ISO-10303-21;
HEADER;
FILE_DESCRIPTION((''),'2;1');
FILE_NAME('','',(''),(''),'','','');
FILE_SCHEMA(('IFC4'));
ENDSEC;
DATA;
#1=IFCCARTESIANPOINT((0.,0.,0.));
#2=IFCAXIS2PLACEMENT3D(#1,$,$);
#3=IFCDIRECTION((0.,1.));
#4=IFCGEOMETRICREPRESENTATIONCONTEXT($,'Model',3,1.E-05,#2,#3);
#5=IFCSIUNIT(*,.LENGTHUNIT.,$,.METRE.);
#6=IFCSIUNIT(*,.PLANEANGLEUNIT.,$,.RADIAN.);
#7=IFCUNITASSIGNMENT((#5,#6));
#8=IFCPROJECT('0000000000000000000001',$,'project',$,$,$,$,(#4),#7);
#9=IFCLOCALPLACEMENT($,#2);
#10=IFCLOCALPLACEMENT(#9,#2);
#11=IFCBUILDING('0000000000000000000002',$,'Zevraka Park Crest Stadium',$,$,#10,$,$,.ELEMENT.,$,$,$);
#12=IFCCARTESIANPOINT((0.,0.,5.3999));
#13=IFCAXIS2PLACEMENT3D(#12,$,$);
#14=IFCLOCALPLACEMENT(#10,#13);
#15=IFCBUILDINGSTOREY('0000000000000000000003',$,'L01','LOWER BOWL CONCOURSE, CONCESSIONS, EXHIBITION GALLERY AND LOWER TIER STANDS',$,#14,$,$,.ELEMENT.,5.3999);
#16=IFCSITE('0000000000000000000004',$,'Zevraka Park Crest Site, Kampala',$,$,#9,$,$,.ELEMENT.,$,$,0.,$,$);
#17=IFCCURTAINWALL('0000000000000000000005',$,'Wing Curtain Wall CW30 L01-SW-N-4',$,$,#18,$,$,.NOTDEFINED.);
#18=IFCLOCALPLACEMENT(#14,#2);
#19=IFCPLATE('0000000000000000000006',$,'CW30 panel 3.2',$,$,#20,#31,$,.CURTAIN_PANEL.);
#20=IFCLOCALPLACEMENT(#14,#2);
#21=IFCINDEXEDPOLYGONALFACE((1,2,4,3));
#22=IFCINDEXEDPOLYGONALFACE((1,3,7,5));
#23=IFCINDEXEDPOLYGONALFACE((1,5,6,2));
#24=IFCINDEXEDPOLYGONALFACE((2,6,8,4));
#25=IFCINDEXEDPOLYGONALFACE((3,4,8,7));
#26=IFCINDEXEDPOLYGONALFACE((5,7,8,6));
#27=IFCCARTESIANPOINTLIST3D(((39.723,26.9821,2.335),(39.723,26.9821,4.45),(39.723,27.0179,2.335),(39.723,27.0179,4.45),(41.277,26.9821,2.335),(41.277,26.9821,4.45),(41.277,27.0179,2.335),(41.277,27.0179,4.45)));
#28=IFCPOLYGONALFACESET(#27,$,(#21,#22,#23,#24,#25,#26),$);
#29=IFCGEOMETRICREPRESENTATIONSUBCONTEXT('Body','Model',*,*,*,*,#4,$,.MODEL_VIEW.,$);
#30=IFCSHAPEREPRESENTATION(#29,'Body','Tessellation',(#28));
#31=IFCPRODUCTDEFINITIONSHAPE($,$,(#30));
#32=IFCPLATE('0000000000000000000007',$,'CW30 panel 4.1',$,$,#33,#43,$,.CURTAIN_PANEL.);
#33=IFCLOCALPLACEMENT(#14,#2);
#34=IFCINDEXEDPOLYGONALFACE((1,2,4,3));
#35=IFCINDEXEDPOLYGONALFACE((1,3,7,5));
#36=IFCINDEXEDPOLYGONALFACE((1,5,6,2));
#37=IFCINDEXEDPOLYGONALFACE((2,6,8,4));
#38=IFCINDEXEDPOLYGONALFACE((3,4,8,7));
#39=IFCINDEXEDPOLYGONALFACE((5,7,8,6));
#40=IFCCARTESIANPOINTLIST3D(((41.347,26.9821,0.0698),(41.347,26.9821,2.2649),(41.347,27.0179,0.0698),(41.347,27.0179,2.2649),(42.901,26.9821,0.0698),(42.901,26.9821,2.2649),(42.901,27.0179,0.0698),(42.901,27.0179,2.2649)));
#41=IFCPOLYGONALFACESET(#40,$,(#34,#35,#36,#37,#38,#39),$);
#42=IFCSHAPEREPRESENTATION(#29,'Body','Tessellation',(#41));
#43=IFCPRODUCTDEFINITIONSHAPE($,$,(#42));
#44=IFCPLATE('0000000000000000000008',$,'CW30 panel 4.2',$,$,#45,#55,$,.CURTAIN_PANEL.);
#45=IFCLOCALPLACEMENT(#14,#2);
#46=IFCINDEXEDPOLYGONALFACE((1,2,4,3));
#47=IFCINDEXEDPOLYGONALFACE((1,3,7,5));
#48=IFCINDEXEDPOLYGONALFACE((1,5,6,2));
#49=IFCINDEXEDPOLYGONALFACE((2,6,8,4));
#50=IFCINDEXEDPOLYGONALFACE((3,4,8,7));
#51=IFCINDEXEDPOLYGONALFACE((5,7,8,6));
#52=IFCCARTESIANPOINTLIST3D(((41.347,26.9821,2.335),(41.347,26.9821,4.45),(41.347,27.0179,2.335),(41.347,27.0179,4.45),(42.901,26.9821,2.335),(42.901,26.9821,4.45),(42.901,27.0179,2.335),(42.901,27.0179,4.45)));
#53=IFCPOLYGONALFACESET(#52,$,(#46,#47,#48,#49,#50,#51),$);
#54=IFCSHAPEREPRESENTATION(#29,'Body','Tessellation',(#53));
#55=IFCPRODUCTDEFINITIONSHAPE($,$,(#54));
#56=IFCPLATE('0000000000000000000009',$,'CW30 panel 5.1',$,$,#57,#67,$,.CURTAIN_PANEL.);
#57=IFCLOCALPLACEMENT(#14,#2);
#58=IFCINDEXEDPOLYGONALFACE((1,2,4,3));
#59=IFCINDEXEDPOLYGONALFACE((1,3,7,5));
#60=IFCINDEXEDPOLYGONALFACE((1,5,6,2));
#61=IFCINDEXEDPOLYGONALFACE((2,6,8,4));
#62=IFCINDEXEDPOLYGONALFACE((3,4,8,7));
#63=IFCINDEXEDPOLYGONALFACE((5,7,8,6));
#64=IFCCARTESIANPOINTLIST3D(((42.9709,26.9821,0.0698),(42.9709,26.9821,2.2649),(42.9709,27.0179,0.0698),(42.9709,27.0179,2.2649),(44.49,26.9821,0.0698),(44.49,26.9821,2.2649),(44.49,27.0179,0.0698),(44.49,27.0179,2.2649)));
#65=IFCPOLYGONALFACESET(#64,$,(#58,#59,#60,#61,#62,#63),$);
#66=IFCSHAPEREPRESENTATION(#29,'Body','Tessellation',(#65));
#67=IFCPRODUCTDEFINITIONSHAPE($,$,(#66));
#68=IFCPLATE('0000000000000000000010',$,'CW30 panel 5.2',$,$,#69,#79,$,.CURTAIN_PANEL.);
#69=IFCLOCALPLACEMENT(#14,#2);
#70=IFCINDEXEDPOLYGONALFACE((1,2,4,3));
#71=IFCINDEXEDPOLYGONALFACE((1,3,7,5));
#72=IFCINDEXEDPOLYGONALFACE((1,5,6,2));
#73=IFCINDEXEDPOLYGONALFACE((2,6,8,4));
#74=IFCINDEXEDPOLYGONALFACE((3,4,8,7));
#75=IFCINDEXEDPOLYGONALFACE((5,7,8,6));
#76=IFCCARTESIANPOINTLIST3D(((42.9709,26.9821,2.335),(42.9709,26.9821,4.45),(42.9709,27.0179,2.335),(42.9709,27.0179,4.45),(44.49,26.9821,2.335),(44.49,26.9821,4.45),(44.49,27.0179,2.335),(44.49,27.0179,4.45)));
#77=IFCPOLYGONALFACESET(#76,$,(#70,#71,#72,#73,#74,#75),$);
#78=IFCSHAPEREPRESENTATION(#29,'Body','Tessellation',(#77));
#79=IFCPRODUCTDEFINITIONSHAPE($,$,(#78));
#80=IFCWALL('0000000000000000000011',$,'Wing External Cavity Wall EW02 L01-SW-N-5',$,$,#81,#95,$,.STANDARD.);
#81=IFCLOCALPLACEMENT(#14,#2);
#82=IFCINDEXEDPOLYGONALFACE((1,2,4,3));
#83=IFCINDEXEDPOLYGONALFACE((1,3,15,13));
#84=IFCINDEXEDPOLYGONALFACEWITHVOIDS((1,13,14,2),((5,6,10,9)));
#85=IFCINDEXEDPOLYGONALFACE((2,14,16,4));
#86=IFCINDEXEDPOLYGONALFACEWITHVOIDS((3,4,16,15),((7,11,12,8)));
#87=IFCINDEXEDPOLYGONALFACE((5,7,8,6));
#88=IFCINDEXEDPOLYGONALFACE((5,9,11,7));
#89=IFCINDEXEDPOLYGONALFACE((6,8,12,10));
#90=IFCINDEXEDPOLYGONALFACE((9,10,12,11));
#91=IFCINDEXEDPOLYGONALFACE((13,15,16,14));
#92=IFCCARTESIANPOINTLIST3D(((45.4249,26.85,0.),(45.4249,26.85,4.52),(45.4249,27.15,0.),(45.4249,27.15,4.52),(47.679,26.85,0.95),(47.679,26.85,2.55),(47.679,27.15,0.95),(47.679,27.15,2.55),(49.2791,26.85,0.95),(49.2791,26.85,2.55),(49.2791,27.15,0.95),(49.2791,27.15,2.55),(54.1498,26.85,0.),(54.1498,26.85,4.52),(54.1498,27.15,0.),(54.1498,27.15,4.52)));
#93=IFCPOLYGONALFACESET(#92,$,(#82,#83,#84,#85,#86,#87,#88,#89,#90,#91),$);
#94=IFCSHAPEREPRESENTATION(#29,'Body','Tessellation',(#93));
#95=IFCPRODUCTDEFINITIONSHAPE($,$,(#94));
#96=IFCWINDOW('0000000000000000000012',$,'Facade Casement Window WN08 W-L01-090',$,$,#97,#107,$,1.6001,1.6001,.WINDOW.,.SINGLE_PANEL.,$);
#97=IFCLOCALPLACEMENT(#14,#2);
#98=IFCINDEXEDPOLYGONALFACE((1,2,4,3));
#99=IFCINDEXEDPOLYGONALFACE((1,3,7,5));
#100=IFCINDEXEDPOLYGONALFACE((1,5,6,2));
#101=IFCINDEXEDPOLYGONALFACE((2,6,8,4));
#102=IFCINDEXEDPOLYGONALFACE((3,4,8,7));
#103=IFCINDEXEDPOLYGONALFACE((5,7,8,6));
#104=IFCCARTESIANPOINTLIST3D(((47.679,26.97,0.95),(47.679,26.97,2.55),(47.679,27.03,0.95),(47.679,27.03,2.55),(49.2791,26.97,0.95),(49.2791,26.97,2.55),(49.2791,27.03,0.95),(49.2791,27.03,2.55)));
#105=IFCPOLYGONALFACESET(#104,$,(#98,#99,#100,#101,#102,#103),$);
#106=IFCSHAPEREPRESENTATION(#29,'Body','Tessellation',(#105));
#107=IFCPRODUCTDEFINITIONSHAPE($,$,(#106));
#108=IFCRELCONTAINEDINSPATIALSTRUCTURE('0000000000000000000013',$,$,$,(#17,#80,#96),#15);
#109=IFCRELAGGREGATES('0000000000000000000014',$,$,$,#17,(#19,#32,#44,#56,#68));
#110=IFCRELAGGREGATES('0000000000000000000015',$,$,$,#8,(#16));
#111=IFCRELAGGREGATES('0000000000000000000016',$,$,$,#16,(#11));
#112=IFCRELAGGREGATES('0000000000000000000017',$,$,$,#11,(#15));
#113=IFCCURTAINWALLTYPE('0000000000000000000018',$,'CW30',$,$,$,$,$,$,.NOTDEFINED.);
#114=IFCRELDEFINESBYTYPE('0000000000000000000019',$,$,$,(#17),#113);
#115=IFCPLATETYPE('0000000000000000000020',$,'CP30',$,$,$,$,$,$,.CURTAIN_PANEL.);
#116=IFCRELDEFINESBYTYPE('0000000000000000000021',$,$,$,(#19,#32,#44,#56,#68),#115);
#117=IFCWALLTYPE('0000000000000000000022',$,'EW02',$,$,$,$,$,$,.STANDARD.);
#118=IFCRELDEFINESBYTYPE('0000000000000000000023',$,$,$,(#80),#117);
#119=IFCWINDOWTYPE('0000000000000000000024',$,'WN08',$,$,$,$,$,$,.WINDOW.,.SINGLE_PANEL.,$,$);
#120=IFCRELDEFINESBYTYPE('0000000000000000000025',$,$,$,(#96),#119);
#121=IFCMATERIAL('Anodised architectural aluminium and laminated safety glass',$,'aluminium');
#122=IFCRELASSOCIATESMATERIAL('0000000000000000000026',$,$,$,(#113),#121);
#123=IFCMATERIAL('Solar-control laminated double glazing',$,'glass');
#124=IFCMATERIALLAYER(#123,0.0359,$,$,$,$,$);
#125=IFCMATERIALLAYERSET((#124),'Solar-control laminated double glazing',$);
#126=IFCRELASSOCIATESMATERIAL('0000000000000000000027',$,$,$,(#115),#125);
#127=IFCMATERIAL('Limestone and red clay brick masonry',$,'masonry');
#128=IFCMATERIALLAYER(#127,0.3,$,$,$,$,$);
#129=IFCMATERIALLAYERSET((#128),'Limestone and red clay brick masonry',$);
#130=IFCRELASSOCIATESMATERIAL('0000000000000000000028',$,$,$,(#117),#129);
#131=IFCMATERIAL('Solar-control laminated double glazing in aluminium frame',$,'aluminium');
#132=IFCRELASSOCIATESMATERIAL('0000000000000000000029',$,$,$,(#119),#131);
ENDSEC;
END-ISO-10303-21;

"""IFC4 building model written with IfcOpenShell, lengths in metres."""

from ifc_helpers import new_model, si_unit, direction, frame, frame_2d, origin, origin_2d, place, context, subcontext, project, spatial, rectangle, extrude, material, layer, layer_set, type_object, element, fill, aggregate, save


model = new_model("IFC4")

# Units and contexts
model_context = context("Model", 3, precision=1e-05, world=origin(), true_north=direction((0.0, 1.0)))
body_context = subcontext(model_context, "Body", "Model", "MODEL_VIEW")
ifc_project = project(units=[si_unit("LENGTHUNIT", "METRE"), si_unit("PLANEANGLEUNIT", "RADIAN")], contexts=[model_context])

# Site, building, storey
site_placement = place(None, origin())
site = spatial("IfcSite", under=ifc_project, at=site_placement, Name="Zevraka Park Crest Site, Kampala", CompositionType="ELEMENT", RefElevation=0.0)
building_placement = place(site_placement, origin())
building = spatial("IfcBuilding", under=site, at=building_placement, Name="Zevraka Park Crest Stadium", CompositionType="ELEMENT")
storey_placement = place(building_placement, frame((0.0, 0.0, 5.3999)))
storey = spatial("IfcBuildingStorey", under=building, at=storey_placement, Name="L01", Description="LOWER BOWL CONCOURSE, CONCESSIONS, EXHIBITION GALLERY AND LOWER TIER STANDS", CompositionType="ELEMENT", Elevation=5.3999)

# Curtain wall, plates
ifc_material_1 = material(Name="Anodised architectural aluminium and laminated safety glass", Category="aluminium")
curtain_wall_type = type_object("IfcCurtainWallType", Name="CW30", PredefinedType="NOTDEFINED", material=ifc_material_1)
curtain_wall_placement = place(storey_placement, origin())
curtain_wall = element("IfcCurtainWall", 1, at=curtain_wall_placement, inside=storey, type_object=curtain_wall_type, Name="Wing Curtain Wall CW30 L01-SW-N-4", PredefinedType="NOTDEFINED")
ifc_material_2 = material(Name="Solar-control laminated double glazing", Category="glass")
ifc_layer_1 = layer(ifc_material_2, 0.0359)
ifc_layer_set_1 = layer_set([ifc_layer_1], Name="Solar-control laminated double glazing")
plate_type = type_object("IfcPlateType", Name="CP30", PredefinedType="CURTAIN_PANEL", material=ifc_layer_set_1)
plate_1_placement = place(storey_placement, frame((40.5, 27.0, 2.335), z_axis=(0.0, 0.0, 1.0), x_axis=(1.0, 0.0, 0.0)))
plate_1 = element("IfcPlate", 2, at=plate_1_placement, type_object=plate_type, Name="CW30 panel 3.2", PredefinedType="CURTAIN_PANEL", context=body_context, shape_type="SweptSolid", body=[
    extrude(rectangle(XDim=1.554, YDim=0.0359, at=origin_2d()), origin(), (0.0, 0.0, 1.0), 2.115),
])
plate_2_placement = place(storey_placement, frame((42.124, 27.0, 0.0698), z_axis=(0.0, 0.0, 1.0), x_axis=(1.0, 0.0, 0.0)))
plate_2 = element("IfcPlate", 3, at=plate_2_placement, type_object=plate_type, Name="CW30 panel 4.1", PredefinedType="CURTAIN_PANEL", context=body_context, shape_type="SweptSolid", body=[
    extrude(rectangle(XDim=1.554, YDim=0.0359, at=origin_2d()), origin(), (0.0, 0.0, 1.0), 2.1951),
])
plate_3_placement = place(storey_placement, frame((42.124, 27.0, 2.335), z_axis=(0.0, 0.0, 1.0), x_axis=(1.0, 0.0, 0.0)))
plate_3 = element("IfcPlate", 4, at=plate_3_placement, type_object=plate_type, Name="CW30 panel 4.2", PredefinedType="CURTAIN_PANEL", context=body_context, shape_type="SweptSolid", body=[
    extrude(rectangle(XDim=1.554, YDim=0.0359, at=origin_2d()), origin(), (0.0, 0.0, 1.0), 2.115),
])
plate_4_placement = place(storey_placement, frame((43.7305, 27.0, 0.0698), z_axis=(0.0, 0.0, 1.0), x_axis=(1.0, 0.0, 0.0)))
plate_4 = element("IfcPlate", 5, at=plate_4_placement, type_object=plate_type, Name="CW30 panel 5.1", PredefinedType="CURTAIN_PANEL", context=body_context, shape_type="SweptSolid", body=[
    extrude(rectangle(XDim=1.519, YDim=0.0359, at=origin_2d()), origin(), (0.0, 0.0, 1.0), 2.1951),
])
plate_5_placement = place(storey_placement, frame((43.7305, 27.0, 2.335), z_axis=(0.0, 0.0, 1.0), x_axis=(1.0, 0.0, 0.0)))
plate_5 = element("IfcPlate", 6, at=plate_5_placement, type_object=plate_type, Name="CW30 panel 5.2", PredefinedType="CURTAIN_PANEL", context=body_context, shape_type="SweptSolid", body=[
    extrude(rectangle(XDim=1.519, YDim=0.0359, at=origin_2d()), origin(), (0.0, 0.0, 1.0), 2.115),
])
aggregate(curtain_wall, [plate_1, plate_2, plate_3, plate_4, plate_5])

# Wall, opening, window
ifc_material_3 = material(Name="Limestone and red clay brick masonry", Category="masonry")
ifc_layer_2 = layer(ifc_material_3, 0.3)
ifc_layer_set_2 = layer_set([ifc_layer_2], Name="Limestone and red clay brick masonry")
wall_type = type_object("IfcWallType", Name="EW02", PredefinedType="STANDARD", material=ifc_layer_set_2)
wall_placement = place(storey_placement, frame((45.425, 27.0, 0.0), z_axis=(0.0, 0.0, 1.0), x_axis=(1.0, 0.0, 0.0)))
wall = element("IfcWall", 7, at=wall_placement, inside=storey, type_object=wall_type, Name="Wing External Cavity Wall EW02 L01-SW-N-5", PredefinedType="STANDARD", context=body_context, shape_type="SweptSolid", body=[
    extrude(rectangle(XDim=8.7249, YDim=0.3, at=frame_2d((4.3623, 0.0))), origin(), (0.0, 0.0, 1.0), 4.52),
])
opening_placement = place(wall_placement, frame((2.2539, 0.0, 0.95)))
opening = element("IfcOpeningElement", 8, at=opening_placement, cuts=wall, PredefinedType="OPENING", context=body_context, shape_type="SweptSolid", body=[
    extrude(rectangle(XDim=1.6001, YDim=1.6001, at=frame_2d((0.8, 0.8))), frame((0.0, 0.1599, 0.0), z_axis=(0.0, -1.0, 0.0), x_axis=(1.0, 0.0, 0.0)), (0.0, 0.0, 1.0), 0.3201),
])
ifc_material_4 = material(Name="Solar-control laminated double glazing in aluminium frame", Category="aluminium")
window_type = type_object("IfcWindowType", Name="WN08", PartitioningType="SINGLE_PANEL", PredefinedType="WINDOW", material=ifc_material_4)
window_placement = place(opening_placement, origin())
window = element("IfcWindow", 9, at=window_placement, inside=storey, type_object=window_type, Name="Facade Casement Window WN08 W-L01-090", OverallHeight=1.6001, OverallWidth=1.6001, PartitioningType="SINGLE_PANEL", PredefinedType="WINDOW", context=body_context, shape_type="SweptSolid", body=[
    extrude(rectangle(XDim=1.6001, YDim=1.6001, at=frame_2d((0.8, 0.8))), frame((0.0, 0.03, 0.0), z_axis=(0.0, -1.0, 0.0), x_axis=(1.0, 0.0, 0.0)), (0.0, 0.0, 1.0), 0.0601),
])
fill(opening, window)

save(model, "model.ifc")
